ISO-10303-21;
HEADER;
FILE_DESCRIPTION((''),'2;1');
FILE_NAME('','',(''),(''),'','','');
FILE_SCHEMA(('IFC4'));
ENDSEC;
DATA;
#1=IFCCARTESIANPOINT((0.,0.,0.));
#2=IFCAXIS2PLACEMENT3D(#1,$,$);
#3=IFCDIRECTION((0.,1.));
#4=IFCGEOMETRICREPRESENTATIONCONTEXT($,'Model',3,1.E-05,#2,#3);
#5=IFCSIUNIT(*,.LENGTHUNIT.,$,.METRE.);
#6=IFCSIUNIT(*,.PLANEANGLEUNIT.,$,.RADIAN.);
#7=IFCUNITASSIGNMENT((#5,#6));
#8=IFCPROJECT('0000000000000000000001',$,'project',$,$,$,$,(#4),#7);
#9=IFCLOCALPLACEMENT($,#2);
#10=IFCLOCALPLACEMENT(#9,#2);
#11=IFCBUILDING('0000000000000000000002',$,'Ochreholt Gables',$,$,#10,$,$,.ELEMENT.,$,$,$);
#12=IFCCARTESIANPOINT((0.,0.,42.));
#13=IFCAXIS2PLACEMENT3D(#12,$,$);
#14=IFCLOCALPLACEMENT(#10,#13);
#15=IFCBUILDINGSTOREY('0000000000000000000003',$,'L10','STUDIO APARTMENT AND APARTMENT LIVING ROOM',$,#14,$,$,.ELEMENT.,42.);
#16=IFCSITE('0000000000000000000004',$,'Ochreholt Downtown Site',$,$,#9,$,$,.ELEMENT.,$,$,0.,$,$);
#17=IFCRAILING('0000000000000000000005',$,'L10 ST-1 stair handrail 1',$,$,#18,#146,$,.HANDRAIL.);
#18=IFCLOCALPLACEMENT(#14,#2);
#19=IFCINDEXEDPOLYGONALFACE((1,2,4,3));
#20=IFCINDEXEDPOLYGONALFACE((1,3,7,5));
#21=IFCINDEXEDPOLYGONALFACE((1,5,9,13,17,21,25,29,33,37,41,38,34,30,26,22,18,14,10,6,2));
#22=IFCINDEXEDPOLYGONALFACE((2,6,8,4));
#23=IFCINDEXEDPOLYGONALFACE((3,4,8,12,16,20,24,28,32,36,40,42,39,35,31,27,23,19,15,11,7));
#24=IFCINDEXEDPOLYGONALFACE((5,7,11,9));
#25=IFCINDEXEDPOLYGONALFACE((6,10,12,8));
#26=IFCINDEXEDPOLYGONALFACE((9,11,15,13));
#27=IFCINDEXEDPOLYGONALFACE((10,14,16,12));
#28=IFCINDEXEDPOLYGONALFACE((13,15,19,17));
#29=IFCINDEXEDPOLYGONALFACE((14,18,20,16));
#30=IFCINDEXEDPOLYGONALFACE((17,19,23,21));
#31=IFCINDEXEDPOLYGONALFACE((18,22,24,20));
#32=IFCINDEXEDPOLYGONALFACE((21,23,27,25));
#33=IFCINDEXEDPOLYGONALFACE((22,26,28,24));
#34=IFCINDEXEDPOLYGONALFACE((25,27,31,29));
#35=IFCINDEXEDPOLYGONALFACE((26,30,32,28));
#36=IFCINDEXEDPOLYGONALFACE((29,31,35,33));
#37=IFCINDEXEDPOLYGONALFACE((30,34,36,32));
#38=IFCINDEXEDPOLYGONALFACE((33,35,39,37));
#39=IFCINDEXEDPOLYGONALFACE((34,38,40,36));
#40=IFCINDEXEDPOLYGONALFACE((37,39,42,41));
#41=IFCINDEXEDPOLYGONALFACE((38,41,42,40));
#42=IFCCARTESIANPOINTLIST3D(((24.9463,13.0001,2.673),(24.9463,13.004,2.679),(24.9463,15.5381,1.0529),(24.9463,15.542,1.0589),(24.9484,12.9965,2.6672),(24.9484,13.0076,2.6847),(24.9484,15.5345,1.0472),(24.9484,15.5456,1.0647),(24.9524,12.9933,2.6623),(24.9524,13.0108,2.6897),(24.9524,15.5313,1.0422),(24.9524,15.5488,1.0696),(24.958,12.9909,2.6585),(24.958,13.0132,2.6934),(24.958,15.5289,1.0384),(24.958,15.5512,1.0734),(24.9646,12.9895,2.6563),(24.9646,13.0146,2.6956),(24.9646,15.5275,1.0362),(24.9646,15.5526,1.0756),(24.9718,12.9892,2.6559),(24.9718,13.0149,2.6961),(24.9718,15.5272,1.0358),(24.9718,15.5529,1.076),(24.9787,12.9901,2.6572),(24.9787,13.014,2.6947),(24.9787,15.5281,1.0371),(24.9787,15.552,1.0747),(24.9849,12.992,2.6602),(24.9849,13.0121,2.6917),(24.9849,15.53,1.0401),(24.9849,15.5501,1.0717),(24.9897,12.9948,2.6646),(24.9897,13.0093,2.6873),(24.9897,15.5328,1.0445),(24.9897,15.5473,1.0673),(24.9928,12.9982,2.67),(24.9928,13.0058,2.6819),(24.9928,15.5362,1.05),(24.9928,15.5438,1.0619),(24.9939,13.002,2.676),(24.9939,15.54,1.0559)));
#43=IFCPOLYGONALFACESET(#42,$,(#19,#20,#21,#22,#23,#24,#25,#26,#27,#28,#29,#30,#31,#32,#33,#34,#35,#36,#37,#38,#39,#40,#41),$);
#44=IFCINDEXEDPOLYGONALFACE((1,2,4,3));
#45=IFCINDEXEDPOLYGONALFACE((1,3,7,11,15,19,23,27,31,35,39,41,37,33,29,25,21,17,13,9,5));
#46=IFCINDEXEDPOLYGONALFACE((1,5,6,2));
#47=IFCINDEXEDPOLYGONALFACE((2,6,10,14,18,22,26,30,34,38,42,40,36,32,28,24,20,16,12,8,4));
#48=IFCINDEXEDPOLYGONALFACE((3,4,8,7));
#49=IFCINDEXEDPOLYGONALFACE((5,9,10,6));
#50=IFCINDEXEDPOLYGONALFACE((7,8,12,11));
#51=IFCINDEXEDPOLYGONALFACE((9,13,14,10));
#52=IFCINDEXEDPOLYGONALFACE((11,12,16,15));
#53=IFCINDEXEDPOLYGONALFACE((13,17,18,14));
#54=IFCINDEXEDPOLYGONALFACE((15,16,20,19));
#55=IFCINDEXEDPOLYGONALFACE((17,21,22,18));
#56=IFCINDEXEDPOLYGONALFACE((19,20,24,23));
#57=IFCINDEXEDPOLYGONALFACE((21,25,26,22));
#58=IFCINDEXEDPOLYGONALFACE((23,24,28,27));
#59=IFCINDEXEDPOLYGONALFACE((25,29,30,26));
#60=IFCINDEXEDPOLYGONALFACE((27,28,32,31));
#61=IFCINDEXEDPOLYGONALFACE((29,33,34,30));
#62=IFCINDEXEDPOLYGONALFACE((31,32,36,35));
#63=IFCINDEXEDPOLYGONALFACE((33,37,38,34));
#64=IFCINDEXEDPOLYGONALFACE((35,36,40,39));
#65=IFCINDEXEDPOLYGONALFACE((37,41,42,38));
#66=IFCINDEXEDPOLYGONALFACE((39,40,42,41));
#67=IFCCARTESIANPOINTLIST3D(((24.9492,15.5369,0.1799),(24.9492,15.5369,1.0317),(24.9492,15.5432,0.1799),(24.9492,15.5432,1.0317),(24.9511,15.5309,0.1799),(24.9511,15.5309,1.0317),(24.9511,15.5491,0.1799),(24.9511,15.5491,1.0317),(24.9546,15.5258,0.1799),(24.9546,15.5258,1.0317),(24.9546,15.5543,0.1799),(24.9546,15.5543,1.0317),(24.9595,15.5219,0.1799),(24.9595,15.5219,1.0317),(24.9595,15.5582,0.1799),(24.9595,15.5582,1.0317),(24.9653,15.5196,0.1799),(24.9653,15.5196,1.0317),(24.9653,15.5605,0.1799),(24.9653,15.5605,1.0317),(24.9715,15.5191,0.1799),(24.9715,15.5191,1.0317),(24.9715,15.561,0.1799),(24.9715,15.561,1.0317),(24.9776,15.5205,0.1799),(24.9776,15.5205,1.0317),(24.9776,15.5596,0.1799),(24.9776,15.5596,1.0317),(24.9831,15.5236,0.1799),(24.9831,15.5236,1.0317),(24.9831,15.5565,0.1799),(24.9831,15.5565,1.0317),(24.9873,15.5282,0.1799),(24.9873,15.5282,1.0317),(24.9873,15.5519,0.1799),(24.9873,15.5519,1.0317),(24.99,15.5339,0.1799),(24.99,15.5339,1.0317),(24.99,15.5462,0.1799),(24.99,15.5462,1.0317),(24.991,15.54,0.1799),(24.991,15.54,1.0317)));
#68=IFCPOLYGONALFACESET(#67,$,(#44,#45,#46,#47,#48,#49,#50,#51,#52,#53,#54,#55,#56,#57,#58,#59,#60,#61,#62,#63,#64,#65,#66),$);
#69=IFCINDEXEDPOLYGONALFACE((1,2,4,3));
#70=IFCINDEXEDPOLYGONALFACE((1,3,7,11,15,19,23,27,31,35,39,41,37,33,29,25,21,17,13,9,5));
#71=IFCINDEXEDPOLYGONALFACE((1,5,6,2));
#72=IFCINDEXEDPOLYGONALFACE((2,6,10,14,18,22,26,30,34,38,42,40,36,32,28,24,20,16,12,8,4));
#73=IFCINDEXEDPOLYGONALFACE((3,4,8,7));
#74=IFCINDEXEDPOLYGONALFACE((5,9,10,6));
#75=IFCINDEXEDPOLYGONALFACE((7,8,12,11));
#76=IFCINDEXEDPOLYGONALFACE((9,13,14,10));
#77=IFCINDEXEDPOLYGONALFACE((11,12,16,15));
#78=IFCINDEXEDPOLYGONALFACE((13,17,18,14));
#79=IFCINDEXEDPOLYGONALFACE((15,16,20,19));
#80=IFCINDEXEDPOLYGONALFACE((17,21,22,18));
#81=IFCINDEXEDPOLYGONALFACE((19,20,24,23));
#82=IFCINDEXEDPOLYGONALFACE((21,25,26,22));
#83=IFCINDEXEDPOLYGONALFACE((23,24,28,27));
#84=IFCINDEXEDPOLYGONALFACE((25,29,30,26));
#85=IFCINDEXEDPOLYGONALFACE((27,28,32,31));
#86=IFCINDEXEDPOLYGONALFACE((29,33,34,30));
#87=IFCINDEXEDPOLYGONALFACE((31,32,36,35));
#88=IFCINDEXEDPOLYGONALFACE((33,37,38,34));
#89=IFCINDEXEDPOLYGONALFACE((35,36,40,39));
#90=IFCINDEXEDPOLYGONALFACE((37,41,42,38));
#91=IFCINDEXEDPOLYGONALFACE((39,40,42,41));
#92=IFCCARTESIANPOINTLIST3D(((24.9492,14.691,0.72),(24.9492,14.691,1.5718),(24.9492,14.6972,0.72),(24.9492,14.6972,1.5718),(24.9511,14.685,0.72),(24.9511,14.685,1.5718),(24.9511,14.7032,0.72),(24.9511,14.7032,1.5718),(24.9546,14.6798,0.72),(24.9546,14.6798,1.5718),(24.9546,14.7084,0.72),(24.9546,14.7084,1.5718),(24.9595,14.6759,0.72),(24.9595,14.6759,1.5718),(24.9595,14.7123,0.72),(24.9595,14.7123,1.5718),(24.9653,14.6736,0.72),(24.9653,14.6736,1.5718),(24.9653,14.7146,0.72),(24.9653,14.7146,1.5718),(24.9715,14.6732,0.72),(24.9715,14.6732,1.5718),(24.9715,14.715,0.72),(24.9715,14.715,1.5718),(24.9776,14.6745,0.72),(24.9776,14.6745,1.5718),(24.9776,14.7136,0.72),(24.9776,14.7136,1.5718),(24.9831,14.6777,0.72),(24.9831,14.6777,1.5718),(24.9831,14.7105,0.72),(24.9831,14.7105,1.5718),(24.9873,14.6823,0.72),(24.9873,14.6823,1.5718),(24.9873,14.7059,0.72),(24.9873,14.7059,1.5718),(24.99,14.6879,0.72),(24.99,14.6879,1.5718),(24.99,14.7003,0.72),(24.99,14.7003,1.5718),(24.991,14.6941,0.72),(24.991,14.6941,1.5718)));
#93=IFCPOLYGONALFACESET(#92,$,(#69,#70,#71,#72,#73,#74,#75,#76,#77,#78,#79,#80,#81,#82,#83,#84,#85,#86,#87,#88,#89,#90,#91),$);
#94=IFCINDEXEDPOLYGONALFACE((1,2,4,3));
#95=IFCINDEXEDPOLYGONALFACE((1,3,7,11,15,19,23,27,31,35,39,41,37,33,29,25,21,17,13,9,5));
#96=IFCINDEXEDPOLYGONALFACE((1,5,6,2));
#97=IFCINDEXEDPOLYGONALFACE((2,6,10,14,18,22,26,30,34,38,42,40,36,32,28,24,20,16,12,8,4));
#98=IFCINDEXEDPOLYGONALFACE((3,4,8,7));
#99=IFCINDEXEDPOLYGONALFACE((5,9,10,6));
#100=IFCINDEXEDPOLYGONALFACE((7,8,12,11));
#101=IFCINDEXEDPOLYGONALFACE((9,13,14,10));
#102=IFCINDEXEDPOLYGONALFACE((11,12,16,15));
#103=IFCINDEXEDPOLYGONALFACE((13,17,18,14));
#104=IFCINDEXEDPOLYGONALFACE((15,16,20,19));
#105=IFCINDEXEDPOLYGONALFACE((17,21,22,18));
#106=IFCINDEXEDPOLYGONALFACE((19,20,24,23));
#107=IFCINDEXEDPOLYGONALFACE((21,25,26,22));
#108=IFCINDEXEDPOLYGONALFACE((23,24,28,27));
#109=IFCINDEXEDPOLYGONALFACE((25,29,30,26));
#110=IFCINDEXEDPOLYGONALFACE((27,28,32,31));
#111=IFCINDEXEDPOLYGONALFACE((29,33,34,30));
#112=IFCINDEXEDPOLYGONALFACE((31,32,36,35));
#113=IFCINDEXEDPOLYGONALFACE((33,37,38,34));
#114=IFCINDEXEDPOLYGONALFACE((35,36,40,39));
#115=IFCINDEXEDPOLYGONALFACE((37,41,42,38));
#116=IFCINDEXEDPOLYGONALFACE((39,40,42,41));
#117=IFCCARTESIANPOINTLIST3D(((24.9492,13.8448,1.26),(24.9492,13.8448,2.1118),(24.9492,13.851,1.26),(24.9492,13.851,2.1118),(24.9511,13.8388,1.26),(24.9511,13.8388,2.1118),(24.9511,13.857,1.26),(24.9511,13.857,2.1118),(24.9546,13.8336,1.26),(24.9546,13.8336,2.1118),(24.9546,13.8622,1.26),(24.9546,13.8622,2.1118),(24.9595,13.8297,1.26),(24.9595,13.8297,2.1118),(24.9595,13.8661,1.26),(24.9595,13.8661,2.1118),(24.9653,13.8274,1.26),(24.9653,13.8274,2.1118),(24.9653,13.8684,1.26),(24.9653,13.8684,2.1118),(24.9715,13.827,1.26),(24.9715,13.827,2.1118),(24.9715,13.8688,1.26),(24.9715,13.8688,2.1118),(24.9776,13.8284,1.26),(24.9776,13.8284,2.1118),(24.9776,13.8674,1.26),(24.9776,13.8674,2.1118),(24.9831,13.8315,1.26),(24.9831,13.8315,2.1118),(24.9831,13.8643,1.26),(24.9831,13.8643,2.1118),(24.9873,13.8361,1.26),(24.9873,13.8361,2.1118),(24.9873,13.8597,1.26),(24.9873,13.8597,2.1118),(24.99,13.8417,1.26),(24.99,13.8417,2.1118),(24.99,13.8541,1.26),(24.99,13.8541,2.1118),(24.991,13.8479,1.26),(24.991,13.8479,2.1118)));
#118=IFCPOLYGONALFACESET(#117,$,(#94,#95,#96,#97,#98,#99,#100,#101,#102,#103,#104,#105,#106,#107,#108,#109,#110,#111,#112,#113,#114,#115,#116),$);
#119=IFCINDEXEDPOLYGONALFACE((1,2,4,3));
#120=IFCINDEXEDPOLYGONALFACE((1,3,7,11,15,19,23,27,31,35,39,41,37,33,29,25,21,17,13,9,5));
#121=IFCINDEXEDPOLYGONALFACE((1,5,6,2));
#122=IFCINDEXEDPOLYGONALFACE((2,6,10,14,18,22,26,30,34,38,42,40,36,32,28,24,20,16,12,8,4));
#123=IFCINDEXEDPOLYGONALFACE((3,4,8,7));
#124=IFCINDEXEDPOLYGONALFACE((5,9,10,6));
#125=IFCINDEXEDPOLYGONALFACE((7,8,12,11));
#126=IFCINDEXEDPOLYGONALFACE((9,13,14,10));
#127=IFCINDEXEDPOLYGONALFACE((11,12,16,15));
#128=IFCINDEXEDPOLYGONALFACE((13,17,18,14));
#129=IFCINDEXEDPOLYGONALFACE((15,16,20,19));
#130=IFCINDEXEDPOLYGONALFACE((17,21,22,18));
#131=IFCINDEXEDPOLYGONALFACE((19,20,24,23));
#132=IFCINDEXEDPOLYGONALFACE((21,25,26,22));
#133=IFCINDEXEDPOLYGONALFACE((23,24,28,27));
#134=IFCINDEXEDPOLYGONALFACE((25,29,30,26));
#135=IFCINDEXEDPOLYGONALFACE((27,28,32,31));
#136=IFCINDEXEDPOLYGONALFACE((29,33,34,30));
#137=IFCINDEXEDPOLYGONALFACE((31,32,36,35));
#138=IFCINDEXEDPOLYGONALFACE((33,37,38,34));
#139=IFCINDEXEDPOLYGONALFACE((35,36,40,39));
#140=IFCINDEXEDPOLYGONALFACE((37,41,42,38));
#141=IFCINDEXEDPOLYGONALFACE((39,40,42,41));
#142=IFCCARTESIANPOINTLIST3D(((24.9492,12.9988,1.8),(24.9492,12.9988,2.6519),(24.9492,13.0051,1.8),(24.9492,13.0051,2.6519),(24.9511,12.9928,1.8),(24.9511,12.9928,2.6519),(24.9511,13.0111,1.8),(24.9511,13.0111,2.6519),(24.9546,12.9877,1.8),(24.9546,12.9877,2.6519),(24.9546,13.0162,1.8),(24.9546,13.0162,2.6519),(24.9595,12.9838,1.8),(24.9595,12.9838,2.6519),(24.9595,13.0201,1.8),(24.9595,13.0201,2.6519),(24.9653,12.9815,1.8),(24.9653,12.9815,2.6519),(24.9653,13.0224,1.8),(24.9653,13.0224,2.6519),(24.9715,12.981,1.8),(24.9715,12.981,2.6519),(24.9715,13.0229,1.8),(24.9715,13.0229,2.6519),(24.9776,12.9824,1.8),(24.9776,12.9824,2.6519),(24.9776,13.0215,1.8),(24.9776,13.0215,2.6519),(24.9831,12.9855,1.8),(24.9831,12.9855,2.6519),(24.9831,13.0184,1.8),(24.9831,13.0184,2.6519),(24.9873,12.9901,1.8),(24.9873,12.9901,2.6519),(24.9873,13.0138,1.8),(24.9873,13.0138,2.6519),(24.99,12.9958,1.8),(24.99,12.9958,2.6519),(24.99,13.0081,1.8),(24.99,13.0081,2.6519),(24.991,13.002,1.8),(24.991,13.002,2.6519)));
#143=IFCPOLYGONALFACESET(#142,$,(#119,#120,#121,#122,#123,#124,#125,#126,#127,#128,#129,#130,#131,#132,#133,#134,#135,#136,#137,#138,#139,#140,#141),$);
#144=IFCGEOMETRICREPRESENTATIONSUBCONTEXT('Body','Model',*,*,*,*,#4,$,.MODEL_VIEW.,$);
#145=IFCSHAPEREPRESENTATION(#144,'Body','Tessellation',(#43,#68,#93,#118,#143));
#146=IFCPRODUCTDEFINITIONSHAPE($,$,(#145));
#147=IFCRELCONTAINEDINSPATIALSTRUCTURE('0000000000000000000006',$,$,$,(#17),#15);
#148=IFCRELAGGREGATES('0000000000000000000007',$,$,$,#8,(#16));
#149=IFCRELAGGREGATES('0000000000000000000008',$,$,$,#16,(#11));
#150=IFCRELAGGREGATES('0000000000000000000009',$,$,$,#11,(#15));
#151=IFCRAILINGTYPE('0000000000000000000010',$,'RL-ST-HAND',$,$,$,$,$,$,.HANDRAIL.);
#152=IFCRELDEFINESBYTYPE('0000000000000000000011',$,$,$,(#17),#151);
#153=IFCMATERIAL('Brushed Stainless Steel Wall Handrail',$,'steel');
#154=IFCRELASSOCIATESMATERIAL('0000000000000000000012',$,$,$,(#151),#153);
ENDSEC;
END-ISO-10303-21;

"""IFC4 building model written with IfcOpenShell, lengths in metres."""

from ifc_helpers import new_model, si_unit, direction, frame, origin, origin_2d, place, context, subcontext, project, spatial, circle, extrude, material, type_object, element, save


model = new_model("IFC4")

# Units and contexts
model_context = context("Model", 3, precision=1e-05, world=origin(), true_north=direction((0.0, 1.0)))
body_context = subcontext(model_context, "Body", "Model", "MODEL_VIEW")
ifc_project = project(units=[si_unit("LENGTHUNIT", "METRE"), si_unit("PLANEANGLEUNIT", "RADIAN")], contexts=[model_context])

# Site, building, storey
site_placement = place(None, origin())
site = spatial("IfcSite", under=ifc_project, at=site_placement, Name="Ochreholt Downtown Site", CompositionType="ELEMENT", RefElevation=0.0)
building_placement = place(site_placement, origin())
building = spatial("IfcBuilding", under=site, at=building_placement, Name="Ochreholt Gables", CompositionType="ELEMENT")
storey_placement = place(building_placement, frame((0.0, 0.0, 42.0)))
storey = spatial("IfcBuildingStorey", under=building, at=storey_placement, Name="L10", Description="STUDIO APARTMENT AND APARTMENT LIVING ROOM", CompositionType="ELEMENT", Elevation=42.0)

# Railing
ifc_material_1 = material(Name="Brushed Stainless Steel Wall Handrail", Category="steel")
railing_type_1 = type_object("IfcRailingType", Name="RL-ST-HAND", PredefinedType="HANDRAIL", material=ifc_material_1)
railing_1_placement = place(storey_placement, frame((24.97, 15.54, 0.1799)))
element("IfcRailing", 1, at=railing_1_placement, inside=storey, type_object=railing_type_1, Name="L10 ST-1 stair handrail 1", PredefinedType="HANDRAIL", context=body_context, shape_type="SweptSolid", body=[
    extrude(circle(Radius=0.0239, at=origin_2d()), frame((0.0, 0.0, 0.876), z_axis=(0.0, -0.842913, 0.53805), x_axis=(1.0, 0.0, 0.0)), (0.0, 0.0, 1.0), 3.011),
    extrude(circle(Radius=0.021, at=origin_2d()), origin(), (0.0, 0.0, 1.0), 0.8518),
    extrude(circle(Radius=0.021, at=origin_2d()), frame((0.0, -0.8459, 0.54)), (0.0, 0.0, 1.0), 0.8518),
    extrude(circle(Radius=0.021, at=origin_2d()), frame((0.0, -1.6921, 1.0801)), (0.0, 0.0, 1.0), 0.8518),
    extrude(circle(Radius=0.021, at=origin_2d()), frame((0.0, -2.5381, 1.6201)), (0.0, 0.0, 1.0), 0.8518),
])

save(model, "model.ifc")
